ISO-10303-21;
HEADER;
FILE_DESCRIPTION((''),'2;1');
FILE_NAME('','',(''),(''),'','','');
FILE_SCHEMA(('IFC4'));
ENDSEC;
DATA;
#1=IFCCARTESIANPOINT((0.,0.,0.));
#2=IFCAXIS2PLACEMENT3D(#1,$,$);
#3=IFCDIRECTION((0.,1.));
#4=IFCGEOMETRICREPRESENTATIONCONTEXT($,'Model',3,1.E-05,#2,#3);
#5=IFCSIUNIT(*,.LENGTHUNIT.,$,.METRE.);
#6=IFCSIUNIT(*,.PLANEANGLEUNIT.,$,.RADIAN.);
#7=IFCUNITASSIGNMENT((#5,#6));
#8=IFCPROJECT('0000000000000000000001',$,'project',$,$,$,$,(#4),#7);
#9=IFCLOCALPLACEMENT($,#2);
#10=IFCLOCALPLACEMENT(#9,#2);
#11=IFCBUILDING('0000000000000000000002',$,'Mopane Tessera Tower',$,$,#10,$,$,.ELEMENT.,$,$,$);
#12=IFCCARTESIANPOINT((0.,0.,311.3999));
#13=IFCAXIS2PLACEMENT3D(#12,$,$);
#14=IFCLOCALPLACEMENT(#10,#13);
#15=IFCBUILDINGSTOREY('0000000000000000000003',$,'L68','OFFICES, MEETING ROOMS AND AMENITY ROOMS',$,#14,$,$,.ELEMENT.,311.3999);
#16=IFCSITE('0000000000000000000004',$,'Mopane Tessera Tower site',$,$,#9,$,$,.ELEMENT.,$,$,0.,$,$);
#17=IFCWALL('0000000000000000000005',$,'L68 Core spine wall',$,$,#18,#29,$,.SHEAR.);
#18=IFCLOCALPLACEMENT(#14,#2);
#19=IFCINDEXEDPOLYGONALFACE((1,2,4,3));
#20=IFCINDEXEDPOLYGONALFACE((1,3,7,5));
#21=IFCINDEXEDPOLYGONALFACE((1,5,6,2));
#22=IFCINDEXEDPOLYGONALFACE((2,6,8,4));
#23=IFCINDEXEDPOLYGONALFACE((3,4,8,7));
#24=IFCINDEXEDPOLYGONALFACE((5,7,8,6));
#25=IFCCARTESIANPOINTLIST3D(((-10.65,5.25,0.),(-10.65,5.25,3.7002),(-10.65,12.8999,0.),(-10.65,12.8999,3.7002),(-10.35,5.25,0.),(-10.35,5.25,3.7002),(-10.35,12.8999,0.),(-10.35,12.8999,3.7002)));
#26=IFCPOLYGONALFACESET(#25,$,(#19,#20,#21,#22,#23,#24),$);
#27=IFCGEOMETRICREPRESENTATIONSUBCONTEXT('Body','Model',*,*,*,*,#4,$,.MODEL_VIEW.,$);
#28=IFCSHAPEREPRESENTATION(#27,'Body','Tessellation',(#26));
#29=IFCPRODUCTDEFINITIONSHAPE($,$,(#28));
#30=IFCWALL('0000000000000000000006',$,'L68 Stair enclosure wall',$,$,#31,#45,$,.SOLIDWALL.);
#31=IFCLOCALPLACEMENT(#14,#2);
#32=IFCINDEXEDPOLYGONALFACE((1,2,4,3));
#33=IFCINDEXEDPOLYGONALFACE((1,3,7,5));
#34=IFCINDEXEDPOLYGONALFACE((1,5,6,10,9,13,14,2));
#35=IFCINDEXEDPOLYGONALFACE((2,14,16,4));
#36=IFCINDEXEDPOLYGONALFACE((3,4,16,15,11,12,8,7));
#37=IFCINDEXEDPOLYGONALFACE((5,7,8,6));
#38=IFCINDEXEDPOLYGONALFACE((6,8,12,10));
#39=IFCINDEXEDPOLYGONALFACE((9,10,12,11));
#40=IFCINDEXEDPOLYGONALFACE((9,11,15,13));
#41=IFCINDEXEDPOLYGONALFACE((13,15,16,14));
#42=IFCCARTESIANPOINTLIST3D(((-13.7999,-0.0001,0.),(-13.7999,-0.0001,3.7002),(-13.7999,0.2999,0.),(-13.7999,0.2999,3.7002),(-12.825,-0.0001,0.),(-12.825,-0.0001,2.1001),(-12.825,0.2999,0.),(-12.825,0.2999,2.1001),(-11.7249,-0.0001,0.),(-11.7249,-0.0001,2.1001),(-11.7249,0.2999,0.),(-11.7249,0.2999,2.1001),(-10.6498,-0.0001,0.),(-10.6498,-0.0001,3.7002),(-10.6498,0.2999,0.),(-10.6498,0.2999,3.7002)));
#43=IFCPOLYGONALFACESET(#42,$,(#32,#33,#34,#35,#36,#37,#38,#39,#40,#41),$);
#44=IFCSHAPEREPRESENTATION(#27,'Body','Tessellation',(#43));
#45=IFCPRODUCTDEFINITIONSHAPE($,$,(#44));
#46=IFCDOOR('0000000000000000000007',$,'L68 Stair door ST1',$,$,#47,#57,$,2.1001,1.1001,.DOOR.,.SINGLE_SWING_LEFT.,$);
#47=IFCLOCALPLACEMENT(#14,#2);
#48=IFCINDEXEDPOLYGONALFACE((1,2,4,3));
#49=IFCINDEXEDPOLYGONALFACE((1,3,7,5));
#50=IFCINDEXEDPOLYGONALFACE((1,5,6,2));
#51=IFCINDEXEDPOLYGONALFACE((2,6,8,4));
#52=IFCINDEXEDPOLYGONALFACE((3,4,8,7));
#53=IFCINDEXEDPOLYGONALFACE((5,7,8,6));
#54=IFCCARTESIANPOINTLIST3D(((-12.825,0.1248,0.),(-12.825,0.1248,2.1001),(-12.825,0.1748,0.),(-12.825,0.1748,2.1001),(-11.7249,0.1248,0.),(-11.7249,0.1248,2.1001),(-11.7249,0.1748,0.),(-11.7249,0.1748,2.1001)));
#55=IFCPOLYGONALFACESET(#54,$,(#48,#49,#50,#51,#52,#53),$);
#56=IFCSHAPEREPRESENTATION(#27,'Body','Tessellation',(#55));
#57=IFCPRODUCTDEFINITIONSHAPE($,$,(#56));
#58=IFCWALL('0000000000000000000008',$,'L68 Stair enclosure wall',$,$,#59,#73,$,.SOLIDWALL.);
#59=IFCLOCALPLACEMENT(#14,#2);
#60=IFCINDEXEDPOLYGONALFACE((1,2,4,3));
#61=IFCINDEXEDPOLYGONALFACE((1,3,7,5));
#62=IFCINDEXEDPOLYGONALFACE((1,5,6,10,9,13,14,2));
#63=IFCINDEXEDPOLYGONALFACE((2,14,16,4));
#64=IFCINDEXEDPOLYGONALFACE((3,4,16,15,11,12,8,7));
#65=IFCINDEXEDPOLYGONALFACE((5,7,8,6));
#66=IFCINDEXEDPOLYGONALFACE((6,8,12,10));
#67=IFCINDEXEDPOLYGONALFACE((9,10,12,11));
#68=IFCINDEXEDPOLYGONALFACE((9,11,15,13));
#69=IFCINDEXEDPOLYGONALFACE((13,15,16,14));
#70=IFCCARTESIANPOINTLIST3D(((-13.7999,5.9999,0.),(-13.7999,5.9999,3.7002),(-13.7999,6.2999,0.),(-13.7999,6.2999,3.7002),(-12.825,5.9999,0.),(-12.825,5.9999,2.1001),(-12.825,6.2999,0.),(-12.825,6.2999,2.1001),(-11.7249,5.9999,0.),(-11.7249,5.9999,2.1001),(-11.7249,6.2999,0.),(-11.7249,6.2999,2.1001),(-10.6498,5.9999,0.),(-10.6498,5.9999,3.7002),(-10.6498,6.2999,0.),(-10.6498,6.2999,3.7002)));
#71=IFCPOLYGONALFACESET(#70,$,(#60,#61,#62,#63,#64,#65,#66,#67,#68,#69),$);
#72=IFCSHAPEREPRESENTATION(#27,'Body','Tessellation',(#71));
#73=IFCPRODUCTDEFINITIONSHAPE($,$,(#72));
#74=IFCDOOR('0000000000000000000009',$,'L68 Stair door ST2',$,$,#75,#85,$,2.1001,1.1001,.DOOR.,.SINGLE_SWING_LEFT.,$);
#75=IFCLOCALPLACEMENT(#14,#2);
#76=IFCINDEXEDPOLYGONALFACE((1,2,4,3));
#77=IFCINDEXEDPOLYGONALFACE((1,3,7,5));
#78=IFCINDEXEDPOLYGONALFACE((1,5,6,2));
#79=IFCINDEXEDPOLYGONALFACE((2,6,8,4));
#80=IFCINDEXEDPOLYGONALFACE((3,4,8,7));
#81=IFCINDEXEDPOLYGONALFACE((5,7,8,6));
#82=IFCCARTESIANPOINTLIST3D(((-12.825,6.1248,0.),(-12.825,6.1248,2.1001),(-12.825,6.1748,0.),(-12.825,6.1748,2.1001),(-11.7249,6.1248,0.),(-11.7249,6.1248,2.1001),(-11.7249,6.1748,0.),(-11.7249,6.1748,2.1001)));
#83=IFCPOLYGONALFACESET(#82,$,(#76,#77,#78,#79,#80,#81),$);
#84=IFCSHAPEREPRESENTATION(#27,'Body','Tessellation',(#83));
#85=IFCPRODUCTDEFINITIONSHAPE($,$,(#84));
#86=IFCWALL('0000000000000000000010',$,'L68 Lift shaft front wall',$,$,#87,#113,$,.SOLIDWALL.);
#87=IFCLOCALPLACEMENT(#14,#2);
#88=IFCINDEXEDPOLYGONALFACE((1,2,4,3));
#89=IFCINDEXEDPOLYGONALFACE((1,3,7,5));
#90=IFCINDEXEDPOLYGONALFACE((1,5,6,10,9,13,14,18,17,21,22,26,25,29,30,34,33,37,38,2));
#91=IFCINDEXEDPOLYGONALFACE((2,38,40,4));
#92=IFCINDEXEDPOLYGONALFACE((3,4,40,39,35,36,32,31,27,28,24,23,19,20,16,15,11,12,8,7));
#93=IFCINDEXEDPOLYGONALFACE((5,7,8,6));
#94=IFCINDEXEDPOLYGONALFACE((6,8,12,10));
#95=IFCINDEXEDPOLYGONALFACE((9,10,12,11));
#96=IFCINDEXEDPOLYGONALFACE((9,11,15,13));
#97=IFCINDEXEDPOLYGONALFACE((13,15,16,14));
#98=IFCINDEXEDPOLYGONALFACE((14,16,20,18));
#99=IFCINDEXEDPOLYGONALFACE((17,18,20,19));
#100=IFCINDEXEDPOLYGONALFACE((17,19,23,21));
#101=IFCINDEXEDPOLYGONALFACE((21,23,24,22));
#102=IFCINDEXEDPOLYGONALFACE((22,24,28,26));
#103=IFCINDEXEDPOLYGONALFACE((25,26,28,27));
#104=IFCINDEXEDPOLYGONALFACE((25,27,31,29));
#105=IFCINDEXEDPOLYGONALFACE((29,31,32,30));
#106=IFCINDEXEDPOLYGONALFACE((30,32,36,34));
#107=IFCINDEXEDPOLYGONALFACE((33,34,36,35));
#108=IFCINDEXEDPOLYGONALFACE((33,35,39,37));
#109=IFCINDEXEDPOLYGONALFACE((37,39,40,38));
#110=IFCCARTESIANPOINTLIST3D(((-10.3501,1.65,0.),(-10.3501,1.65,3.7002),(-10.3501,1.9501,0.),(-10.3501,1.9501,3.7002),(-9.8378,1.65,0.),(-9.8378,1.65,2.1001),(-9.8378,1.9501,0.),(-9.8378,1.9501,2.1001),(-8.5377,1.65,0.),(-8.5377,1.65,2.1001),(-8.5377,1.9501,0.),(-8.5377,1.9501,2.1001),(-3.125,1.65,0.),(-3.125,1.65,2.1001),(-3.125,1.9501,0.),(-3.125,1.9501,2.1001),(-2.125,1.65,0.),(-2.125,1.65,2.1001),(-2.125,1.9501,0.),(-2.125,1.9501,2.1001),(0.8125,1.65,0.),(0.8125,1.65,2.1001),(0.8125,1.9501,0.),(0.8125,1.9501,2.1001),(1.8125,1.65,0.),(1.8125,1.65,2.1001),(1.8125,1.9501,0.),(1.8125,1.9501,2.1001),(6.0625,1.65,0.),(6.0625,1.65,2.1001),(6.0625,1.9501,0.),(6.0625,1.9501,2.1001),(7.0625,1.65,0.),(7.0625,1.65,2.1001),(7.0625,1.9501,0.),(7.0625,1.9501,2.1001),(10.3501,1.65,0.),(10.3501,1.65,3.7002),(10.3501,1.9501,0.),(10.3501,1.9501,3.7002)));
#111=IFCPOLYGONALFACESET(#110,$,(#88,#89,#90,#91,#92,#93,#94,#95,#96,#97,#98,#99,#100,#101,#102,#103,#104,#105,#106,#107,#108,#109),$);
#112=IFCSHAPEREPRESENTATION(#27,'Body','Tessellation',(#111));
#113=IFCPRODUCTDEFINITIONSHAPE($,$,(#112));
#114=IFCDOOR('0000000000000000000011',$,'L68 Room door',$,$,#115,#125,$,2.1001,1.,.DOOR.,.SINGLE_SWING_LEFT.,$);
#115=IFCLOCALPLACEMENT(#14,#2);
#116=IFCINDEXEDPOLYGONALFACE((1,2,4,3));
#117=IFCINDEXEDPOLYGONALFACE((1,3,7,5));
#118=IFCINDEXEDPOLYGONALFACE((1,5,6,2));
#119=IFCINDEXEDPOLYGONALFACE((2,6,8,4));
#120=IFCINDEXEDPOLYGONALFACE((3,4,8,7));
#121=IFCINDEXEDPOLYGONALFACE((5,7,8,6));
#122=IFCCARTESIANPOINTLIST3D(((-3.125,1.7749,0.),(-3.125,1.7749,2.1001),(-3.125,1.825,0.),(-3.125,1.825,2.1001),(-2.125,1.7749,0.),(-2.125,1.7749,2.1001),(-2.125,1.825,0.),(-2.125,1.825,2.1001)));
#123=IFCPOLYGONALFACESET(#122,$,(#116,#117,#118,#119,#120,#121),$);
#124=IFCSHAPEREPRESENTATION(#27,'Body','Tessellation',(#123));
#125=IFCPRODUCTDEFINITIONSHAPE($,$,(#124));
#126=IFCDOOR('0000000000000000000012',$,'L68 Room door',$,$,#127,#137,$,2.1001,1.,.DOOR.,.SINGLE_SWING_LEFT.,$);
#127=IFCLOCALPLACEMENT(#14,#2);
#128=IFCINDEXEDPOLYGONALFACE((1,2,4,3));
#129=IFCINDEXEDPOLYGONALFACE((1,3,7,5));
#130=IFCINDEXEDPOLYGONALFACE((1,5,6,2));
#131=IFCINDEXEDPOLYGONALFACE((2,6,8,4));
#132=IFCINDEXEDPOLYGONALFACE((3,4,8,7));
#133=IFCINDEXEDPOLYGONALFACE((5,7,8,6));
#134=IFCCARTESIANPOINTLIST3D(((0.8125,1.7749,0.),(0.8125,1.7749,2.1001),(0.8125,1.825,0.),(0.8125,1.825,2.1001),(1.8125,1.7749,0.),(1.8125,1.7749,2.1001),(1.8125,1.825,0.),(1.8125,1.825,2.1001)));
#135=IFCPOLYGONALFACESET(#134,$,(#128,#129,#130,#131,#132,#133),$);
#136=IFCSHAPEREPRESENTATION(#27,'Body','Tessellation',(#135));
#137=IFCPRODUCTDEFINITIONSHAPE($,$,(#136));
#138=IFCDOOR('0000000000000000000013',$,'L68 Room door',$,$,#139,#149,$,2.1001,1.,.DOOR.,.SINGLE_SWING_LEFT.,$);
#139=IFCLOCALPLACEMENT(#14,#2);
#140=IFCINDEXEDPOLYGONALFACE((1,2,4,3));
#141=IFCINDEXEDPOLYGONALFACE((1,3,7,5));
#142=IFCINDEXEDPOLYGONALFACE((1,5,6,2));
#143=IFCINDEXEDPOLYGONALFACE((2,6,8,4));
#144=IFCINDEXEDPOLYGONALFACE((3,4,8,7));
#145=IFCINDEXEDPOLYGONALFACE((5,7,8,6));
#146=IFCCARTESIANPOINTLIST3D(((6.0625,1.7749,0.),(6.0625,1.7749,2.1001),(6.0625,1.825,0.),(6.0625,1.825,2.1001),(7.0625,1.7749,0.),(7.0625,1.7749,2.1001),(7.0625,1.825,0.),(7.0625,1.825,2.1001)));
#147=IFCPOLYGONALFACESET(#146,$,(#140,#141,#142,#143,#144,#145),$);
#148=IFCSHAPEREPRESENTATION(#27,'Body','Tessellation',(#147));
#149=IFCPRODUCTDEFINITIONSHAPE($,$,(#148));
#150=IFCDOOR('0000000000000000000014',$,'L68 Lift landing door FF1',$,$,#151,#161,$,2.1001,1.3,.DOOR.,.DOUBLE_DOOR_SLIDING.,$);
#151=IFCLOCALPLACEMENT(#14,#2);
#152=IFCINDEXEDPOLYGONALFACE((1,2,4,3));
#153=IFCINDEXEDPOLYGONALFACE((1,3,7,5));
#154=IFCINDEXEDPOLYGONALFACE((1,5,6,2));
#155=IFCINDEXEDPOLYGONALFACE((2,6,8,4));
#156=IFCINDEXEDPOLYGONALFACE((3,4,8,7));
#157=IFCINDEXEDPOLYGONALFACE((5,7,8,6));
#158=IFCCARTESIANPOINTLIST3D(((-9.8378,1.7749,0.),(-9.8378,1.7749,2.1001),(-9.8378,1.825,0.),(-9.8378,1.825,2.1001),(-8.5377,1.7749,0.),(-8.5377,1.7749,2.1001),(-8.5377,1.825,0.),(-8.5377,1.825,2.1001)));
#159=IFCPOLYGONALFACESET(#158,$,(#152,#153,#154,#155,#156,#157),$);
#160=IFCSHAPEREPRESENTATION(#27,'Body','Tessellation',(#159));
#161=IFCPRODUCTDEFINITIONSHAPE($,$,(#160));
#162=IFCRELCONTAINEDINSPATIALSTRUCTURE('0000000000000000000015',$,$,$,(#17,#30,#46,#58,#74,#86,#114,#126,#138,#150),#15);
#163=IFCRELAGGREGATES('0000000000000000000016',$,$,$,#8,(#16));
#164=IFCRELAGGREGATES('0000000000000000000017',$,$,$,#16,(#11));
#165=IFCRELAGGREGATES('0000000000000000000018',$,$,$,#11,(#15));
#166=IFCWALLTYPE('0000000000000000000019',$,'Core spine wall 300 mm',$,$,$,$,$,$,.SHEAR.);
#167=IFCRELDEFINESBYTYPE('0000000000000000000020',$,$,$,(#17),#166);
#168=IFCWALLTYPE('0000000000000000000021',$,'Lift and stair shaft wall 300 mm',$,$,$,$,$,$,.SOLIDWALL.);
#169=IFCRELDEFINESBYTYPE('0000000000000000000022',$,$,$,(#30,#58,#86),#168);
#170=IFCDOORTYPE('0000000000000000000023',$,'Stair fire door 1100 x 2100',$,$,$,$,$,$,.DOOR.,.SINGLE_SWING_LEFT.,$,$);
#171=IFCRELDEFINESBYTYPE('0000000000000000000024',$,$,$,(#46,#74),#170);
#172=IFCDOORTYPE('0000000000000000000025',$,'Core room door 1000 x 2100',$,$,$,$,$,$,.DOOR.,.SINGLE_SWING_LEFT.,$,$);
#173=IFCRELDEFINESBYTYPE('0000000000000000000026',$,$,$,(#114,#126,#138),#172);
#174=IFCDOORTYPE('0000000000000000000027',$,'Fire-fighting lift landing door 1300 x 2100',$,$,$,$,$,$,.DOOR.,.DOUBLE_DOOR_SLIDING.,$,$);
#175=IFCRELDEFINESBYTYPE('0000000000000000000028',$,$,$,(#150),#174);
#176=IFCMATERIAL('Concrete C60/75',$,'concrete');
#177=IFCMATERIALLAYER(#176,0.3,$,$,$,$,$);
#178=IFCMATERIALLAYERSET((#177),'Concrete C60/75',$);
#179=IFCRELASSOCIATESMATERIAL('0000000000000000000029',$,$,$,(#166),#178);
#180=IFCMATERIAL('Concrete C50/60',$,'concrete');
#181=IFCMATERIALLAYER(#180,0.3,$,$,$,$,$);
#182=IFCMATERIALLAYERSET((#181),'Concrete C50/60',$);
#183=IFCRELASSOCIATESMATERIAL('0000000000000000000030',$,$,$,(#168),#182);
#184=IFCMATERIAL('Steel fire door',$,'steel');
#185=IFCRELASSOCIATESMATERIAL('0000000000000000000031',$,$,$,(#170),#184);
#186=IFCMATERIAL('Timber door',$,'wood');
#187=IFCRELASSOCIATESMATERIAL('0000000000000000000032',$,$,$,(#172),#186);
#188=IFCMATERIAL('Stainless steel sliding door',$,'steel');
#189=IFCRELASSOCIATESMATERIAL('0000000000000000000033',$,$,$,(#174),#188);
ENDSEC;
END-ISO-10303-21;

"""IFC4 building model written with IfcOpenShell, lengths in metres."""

from ifc_helpers import new_model, si_unit, direction, frame, frame_2d, origin, place, context, subcontext, project, spatial, rectangle, extrude, material, layer, layer_set, type_object, element, fill, save


model = new_model("IFC4")

# Units and contexts
model_context = context("Model", 3, precision=1e-05, world=origin(), true_north=direction((0.0, 1.0)))
body_context = subcontext(model_context, "Body", "Model", "MODEL_VIEW")
ifc_project = project(units=[si_unit("LENGTHUNIT", "METRE"), si_unit("PLANEANGLEUNIT", "RADIAN")], contexts=[model_context])

# Site, building, storey
site_placement = place(None, origin())
site = spatial("IfcSite", under=ifc_project, at=site_placement, Name="Mopane Tessera Tower site", CompositionType="ELEMENT", RefElevation=0.0)
building_placement = place(site_placement, origin())
building = spatial("IfcBuilding", under=site, at=building_placement, Name="Mopane Tessera Tower", CompositionType="ELEMENT")
storey_placement = place(building_placement, frame((0.0, 0.0, 311.3999)))
storey = spatial("IfcBuildingStorey", under=building, at=storey_placement, Name="L68", Description="OFFICES, MEETING ROOMS AND AMENITY ROOMS", CompositionType="ELEMENT", Elevation=311.3999)

# Wall
ifc_material_1 = material(Name="Concrete C60/75", Category="concrete")
ifc_layer_1 = layer(ifc_material_1, 0.3)
ifc_layer_set_1 = layer_set([ifc_layer_1], Name="Concrete C60/75")
wall_type_1 = type_object("IfcWallType", Name="Core spine wall 300 mm", PredefinedType="SHEAR", material=ifc_layer_set_1)
wall_1_placement = place(storey_placement, frame((-10.5, 5.25, 0.0), z_axis=(0.0, 0.0, 1.0), x_axis=(0.0, 1.0, 0.0)))
element("IfcWall", 1, at=wall_1_placement, inside=storey, type_object=wall_type_1, Name="L68 Core spine wall", PredefinedType="SHEAR", context=body_context, shape_type="SweptSolid", body=[
    extrude(rectangle(XDim=7.6499, YDim=0.3, at=frame_2d((3.825, 0.0))), origin(), (0.0, 0.0, 1.0), 3.7002),
])

# Walls, openings, doors
ifc_material_2 = material(Name="Concrete C50/60", Category="concrete")
ifc_layer_2 = layer(ifc_material_2, 0.3)
ifc_layer_set_2 = layer_set([ifc_layer_2], Name="Concrete C50/60")
wall_type_2 = type_object("IfcWallType", Name="Lift and stair shaft wall 300 mm", PredefinedType="SOLIDWALL", material=ifc_layer_set_2)
wall_2_placement = place(storey_placement, frame((-13.8, 0.1499, 0.0), z_axis=(0.0, 0.0, 1.0), x_axis=(1.0, 0.0, 0.0)))
wall_2 = element("IfcWall", 2, at=wall_2_placement, inside=storey, type_object=wall_type_2, Name="L68 Stair enclosure wall", PredefinedType="SOLIDWALL", context=body_context, shape_type="SweptSolid", body=[
    extrude(rectangle(XDim=3.1501, YDim=0.3, at=frame_2d((1.5752, 0.0))), origin(), (0.0, 0.0, 1.0), 3.7002),
])
opening_1_placement = place(wall_2_placement, frame((0.9751, 0.0, 0.0)))
opening_1 = element("IfcOpeningElement", 3, at=opening_1_placement, cuts=wall_2, PredefinedType="OPENING", context=body_context, shape_type="SweptSolid", body=[
    extrude(rectangle(XDim=1.1001, YDim=2.1001, at=frame_2d((0.55, 1.05))), frame((0.0, 0.1621, 0.0), z_axis=(0.0, -1.0, 0.0), x_axis=(1.0, 0.0, 0.0)), (0.0, 0.0, 1.0), 0.324),
])
ifc_material_3 = material(Name="Steel fire door", Category="steel")
door_type_1 = type_object("IfcDoorType", Name="Stair fire door 1100 x 2100", OperationType="SINGLE_SWING_LEFT", PredefinedType="DOOR", material=ifc_material_3)
door_1_placement = place(opening_1_placement, origin())
door_1 = element("IfcDoor", 4, at=door_1_placement, inside=storey, type_object=door_type_1, Name="L68 Stair door ST1", OperationType="SINGLE_SWING_LEFT", OverallHeight=2.1001, OverallWidth=1.1001, PredefinedType="DOOR", context=body_context, shape_type="SweptSolid", body=[
    extrude(rectangle(XDim=1.1001, YDim=2.1001, at=frame_2d((0.55, 1.05))), frame((0.0, 0.0249, 0.0), z_axis=(0.0, -1.0, 0.0), x_axis=(1.0, 0.0, 0.0)), (0.0, 0.0, 1.0), 0.05),
])
fill(opening_1, door_1)
wall_3_placement = place(storey_placement, frame((-13.8, 6.1499, 0.0), z_axis=(0.0, 0.0, 1.0), x_axis=(1.0, 0.0, 0.0)))
wall_3 = element("IfcWall", 5, at=wall_3_placement, inside=storey, type_object=wall_type_2, Name="L68 Stair enclosure wall", PredefinedType="SOLIDWALL", context=body_context, shape_type="SweptSolid", body=[
    extrude(rectangle(XDim=3.1501, YDim=0.3, at=frame_2d((1.5752, 0.0))), origin(), (0.0, 0.0, 1.0), 3.7002),
])
opening_2_placement = place(wall_3_placement, frame((0.9751, 0.0, 0.0)))
opening_2 = element("IfcOpeningElement", 6, at=opening_2_placement, cuts=wall_3, PredefinedType="OPENING", context=body_context, shape_type="SweptSolid", body=[
    extrude(rectangle(XDim=1.1001, YDim=2.1001, at=frame_2d((0.55, 1.05))), frame((0.0, 0.1621, 0.0), z_axis=(0.0, -1.0, 0.0), x_axis=(1.0, 0.0, 0.0)), (0.0, 0.0, 1.0), 0.324),
])
door_2_placement = place(opening_2_placement, origin())
door_2 = element("IfcDoor", 7, at=door_2_placement, inside=storey, type_object=door_type_1, Name="L68 Stair door ST2", OperationType="SINGLE_SWING_LEFT", OverallHeight=2.1001, OverallWidth=1.1001, PredefinedType="DOOR", context=body_context, shape_type="SweptSolid", body=[
    extrude(rectangle(XDim=1.1001, YDim=2.1001, at=frame_2d((0.55, 1.05))), frame((0.0, 0.0249, 0.0), z_axis=(0.0, -1.0, 0.0), x_axis=(1.0, 0.0, 0.0)), (0.0, 0.0, 1.0), 0.05),
])
fill(opening_2, door_2)

# Wall, openings, doors
wall_4_placement = place(storey_placement, frame((-10.3501, 1.8, 0.0), z_axis=(0.0, 0.0, 1.0), x_axis=(1.0, 0.0, 0.0)))
wall_4 = element("IfcWall", 8, at=wall_4_placement, inside=storey, type_object=wall_type_2, Name="L68 Lift shaft front wall", PredefinedType="SOLIDWALL", context=body_context, shape_type="SweptSolid", body=[
    extrude(rectangle(XDim=20.7002, YDim=0.3, at=frame_2d((10.3501, 0.0))), origin(), (0.0, 0.0, 1.0), 3.7002),
])
opening_3_placement = place(wall_4_placement, frame((0.5125, 0.0, 0.0)))
opening_3 = element("IfcOpeningElement", 9, at=opening_3_placement, cuts=wall_4, PredefinedType="OPENING", context=body_context, shape_type="SweptSolid", body=[
    extrude(rectangle(XDim=1.3, YDim=2.1001, at=frame_2d((0.6499, 1.05))), frame((0.0, 0.1621, 0.0), z_axis=(0.0, -1.0, 0.0), x_axis=(1.0, 0.0, 0.0)), (0.0, 0.0, 1.0), 0.324),
])
opening_4_placement = place(wall_4_placement, frame((7.2251, 0.0, 0.0)))
opening_4 = element("IfcOpeningElement", 10, at=opening_4_placement, cuts=wall_4, PredefinedType="OPENING", context=body_context, shape_type="SweptSolid", body=[
    extrude(rectangle(XDim=1.0, YDim=2.1001, at=frame_2d((0.5, 1.05))), frame((0.0, 0.1621, 0.0), z_axis=(0.0, -1.0, 0.0), x_axis=(1.0, 0.0, 0.0)), (0.0, 0.0, 1.0), 0.324),
])
opening_5_placement = place(wall_4_placement, frame((11.1626, 0.0, 0.0)))
opening_5 = element("IfcOpeningElement", 11, at=opening_5_placement, cuts=wall_4, PredefinedType="OPENING", context=body_context, shape_type="SweptSolid", body=[
    extrude(rectangle(XDim=1.0, YDim=2.1001, at=frame_2d((0.5, 1.05))), frame((0.0, 0.1621, 0.0), z_axis=(0.0, -1.0, 0.0), x_axis=(1.0, 0.0, 0.0)), (0.0, 0.0, 1.0), 0.324),
])
opening_6_placement = place(wall_4_placement, frame((16.4126, 0.0, 0.0)))
opening_6 = element("IfcOpeningElement", 12, at=opening_6_placement, cuts=wall_4, PredefinedType="OPENING", context=body_context, shape_type="SweptSolid", body=[
    extrude(rectangle(XDim=1.0, YDim=2.1001, at=frame_2d((0.5, 1.05))), frame((0.0, 0.1621, 0.0), z_axis=(0.0, -1.0, 0.0), x_axis=(1.0, 0.0, 0.0)), (0.0, 0.0, 1.0), 0.324),
])
ifc_material_4 = material(Name="Timber door", Category="wood")
door_type_2 = type_object("IfcDoorType", Name="Core room door 1000 x 2100", OperationType="SINGLE_SWING_LEFT", PredefinedType="DOOR", material=ifc_material_4)
door_3_placement = place(opening_4_placement, origin())
door_3 = element("IfcDoor", 13, at=door_3_placement, inside=storey, type_object=door_type_2, Name="L68 Room door", OperationType="SINGLE_SWING_LEFT", OverallHeight=2.1001, OverallWidth=1.0, PredefinedType="DOOR", context=body_context, shape_type="SweptSolid", body=[
    extrude(rectangle(XDim=1.0, YDim=2.1001, at=frame_2d((0.5, 1.05))), frame((0.0, 0.0249, 0.0), z_axis=(0.0, -1.0, 0.0), x_axis=(1.0, 0.0, 0.0)), (0.0, 0.0, 1.0), 0.05),
])
fill(opening_4, door_3)
door_4_placement = place(opening_5_placement, origin())
door_4 = element("IfcDoor", 14, at=door_4_placement, inside=storey, type_object=door_type_2, Name="L68 Room door", OperationType="SINGLE_SWING_LEFT", OverallHeight=2.1001, OverallWidth=1.0, PredefinedType="DOOR", context=body_context, shape_type="SweptSolid", body=[
    extrude(rectangle(XDim=1.0, YDim=2.1001, at=frame_2d((0.5, 1.05))), frame((0.0, 0.0249, 0.0), z_axis=(0.0, -1.0, 0.0), x_axis=(1.0, 0.0, 0.0)), (0.0, 0.0, 1.0), 0.05),
])
fill(opening_5, door_4)
door_5_placement = place(opening_6_placement, origin())
door_5 = element("IfcDoor", 15, at=door_5_placement, inside=storey, type_object=door_type_2, Name="L68 Room door", OperationType="SINGLE_SWING_LEFT", OverallHeight=2.1001, OverallWidth=1.0, PredefinedType="DOOR", context=body_context, shape_type="SweptSolid", body=[
    extrude(rectangle(XDim=1.0, YDim=2.1001, at=frame_2d((0.5, 1.05))), frame((0.0, 0.0249, 0.0), z_axis=(0.0, -1.0, 0.0), x_axis=(1.0, 0.0, 0.0)), (0.0, 0.0, 1.0), 0.05),
])
fill(opening_6, door_5)
ifc_material_5 = material(Name="Stainless steel sliding door", Category="steel")
door_type_3 = type_object("IfcDoorType", Name="Fire-fighting lift landing door 1300 x 2100", OperationType="DOUBLE_DOOR_SLIDING", PredefinedType="DOOR", material=ifc_material_5)
door_6_placement = place(opening_3_placement, origin())
door_6 = element("IfcDoor", 16, at=door_6_placement, inside=storey, type_object=door_type_3, Name="L68 Lift landing door FF1", OperationType="DOUBLE_DOOR_SLIDING", OverallHeight=2.1001, OverallWidth=1.3, PredefinedType="DOOR", context=body_context, shape_type="SweptSolid", body=[
    extrude(rectangle(XDim=1.3, YDim=2.1001, at=frame_2d((0.6499, 1.05))), frame((0.0, 0.0249, 0.0), z_axis=(0.0, -1.0, 0.0), x_axis=(1.0, 0.0, 0.0)), (0.0, 0.0, 1.0), 0.05),
])
fill(opening_3, door_6)

save(model, "model.ifc")
